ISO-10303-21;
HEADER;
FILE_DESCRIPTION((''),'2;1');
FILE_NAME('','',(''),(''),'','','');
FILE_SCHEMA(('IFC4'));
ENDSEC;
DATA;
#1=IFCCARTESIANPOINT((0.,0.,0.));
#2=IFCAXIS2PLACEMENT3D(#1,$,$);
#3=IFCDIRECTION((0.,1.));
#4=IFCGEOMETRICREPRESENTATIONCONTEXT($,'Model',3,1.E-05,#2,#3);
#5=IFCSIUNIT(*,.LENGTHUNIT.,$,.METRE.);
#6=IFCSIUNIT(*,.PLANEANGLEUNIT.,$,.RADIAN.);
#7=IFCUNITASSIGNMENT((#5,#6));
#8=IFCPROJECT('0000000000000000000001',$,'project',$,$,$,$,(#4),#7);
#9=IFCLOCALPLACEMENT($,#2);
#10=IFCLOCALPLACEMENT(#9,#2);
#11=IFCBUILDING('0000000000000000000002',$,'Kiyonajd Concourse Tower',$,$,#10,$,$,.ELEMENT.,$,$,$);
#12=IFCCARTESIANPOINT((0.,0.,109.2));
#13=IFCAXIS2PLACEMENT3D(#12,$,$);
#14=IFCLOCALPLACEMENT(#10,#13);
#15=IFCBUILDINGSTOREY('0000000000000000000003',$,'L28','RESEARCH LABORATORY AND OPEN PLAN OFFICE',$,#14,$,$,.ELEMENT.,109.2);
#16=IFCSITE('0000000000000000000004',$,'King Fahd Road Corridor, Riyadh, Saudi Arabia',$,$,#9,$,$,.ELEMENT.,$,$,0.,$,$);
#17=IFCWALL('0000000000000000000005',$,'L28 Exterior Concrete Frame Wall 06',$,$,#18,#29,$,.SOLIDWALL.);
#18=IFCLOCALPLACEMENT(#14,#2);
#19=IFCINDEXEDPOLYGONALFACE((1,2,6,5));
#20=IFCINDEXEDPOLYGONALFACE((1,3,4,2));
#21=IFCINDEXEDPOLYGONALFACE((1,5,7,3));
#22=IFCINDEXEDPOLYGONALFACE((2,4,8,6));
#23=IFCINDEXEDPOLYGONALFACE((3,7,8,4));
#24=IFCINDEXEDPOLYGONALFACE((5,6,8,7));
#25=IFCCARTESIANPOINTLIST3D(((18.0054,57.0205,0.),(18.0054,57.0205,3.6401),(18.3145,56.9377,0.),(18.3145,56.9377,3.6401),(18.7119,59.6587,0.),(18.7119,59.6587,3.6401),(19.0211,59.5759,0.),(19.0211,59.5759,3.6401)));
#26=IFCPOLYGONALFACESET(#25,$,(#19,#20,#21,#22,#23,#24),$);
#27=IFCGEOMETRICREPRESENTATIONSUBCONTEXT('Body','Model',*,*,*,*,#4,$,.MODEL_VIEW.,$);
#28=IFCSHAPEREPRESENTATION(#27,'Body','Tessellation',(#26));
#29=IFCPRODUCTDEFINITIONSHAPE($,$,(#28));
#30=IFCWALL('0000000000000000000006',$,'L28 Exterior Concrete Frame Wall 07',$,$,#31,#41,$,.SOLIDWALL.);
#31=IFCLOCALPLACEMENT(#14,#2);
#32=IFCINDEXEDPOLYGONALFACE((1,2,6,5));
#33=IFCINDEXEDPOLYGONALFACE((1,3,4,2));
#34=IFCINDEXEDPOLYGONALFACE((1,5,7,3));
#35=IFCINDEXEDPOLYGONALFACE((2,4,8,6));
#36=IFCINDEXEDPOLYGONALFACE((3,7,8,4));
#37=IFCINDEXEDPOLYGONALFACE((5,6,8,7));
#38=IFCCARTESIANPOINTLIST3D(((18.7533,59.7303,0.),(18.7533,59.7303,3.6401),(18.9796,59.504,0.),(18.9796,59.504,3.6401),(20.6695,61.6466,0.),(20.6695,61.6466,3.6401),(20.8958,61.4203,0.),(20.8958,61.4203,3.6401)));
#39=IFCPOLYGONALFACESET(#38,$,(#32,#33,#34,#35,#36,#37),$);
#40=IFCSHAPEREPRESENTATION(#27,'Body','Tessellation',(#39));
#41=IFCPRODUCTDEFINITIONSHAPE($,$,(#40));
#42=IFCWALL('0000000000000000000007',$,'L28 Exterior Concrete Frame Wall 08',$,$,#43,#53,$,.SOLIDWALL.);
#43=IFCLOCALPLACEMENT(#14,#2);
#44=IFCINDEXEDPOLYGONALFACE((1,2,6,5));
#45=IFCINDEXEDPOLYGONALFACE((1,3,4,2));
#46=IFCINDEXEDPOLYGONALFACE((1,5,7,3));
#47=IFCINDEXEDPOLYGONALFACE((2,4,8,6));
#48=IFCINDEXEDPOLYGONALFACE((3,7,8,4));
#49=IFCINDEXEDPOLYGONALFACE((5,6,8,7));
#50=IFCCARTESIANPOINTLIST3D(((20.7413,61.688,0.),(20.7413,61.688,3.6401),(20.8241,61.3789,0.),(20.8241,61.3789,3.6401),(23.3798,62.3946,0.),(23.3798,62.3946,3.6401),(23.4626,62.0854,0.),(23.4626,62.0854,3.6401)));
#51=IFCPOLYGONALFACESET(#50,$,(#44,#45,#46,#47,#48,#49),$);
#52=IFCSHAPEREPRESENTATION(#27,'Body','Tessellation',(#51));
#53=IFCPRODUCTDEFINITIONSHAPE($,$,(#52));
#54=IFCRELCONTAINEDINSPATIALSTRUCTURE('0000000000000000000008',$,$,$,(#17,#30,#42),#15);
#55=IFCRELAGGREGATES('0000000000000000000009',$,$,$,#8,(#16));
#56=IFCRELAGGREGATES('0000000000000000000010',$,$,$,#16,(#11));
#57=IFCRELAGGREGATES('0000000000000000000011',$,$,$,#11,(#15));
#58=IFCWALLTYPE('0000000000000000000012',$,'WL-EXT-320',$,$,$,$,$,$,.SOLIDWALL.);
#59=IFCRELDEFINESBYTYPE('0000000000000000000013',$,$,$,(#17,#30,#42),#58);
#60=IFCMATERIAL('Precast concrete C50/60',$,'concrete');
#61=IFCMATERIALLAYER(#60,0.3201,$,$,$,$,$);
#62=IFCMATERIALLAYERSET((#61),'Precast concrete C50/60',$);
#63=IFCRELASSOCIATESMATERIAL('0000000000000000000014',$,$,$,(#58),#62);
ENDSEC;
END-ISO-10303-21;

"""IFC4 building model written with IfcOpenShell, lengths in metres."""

from ifc_helpers import new_model, si_unit, direction, frame, frame_2d, origin, place, context, subcontext, project, spatial, rectangle, extrude, material, layer, layer_set, type_object, element, save


model = new_model("IFC4")

# Units and contexts
model_context = context("Model", 3, precision=1e-05, world=origin(), true_north=direction((0.0, 1.0)))
body_context = subcontext(model_context, "Body", "Model", "MODEL_VIEW")
ifc_project = project(units=[si_unit("LENGTHUNIT", "METRE"), si_unit("PLANEANGLEUNIT", "RADIAN")], contexts=[model_context])

# Site, building, storey
site_placement = place(None, origin())
site = spatial("IfcSite", under=ifc_project, at=site_placement, Name="King Fahd Road Corridor, Riyadh, Saudi Arabia", CompositionType="ELEMENT", RefElevation=0.0)
building_placement = place(site_placement, origin())
building = spatial("IfcBuilding", under=site, at=building_placement, Name="Kiyonajd Concourse Tower", CompositionType="ELEMENT")
storey_placement = place(building_placement, frame((0.0, 0.0, 109.2)))
storey = spatial("IfcBuildingStorey", under=building, at=storey_placement, Name="L28", Description="RESEARCH LABORATORY AND OPEN PLAN OFFICE", CompositionType="ELEMENT", Elevation=109.2)

# Shared definitions
ifc_material_1 = material(Name="Precast concrete C50/60", Category="concrete")

# Walls
ifc_layer_1 = layer(ifc_material_1, 0.3201)
ifc_layer_set_1 = layer_set([ifc_layer_1], Name="Precast concrete C50/60")
wall_type = type_object("IfcWallType", Name="WL-EXT-320", PredefinedType="SOLIDWALL", material=ifc_layer_set_1)
wall_1_placement = place(storey_placement, frame((18.1599, 56.979, 0.0), z_axis=(0.0, 0.0, 1.0), x_axis=(0.258697, 0.965958, 0.0)))
element("IfcWall", 1, at=wall_1_placement, inside=storey, type_object=wall_type, Name="L28 Exterior Concrete Frame Wall 06", PredefinedType="SOLIDWALL", context=body_context, shape_type="SweptSolid", body=[
    extrude(rectangle(XDim=2.7312, YDim=0.3201, at=frame_2d((1.3657, 0.0))), origin(), (0.0, 0.0, 1.0), 3.6401),
])
wall_2_placement = place(storey_placement, frame((18.8665, 59.6172, 0.0), z_axis=(0.0, 0.0, 1.0), x_axis=(0.707107, 0.707107, 0.0)))
element("IfcWall", 2, at=wall_2_placement, inside=storey, type_object=wall_type, Name="L28 Exterior Concrete Frame Wall 07", PredefinedType="SOLIDWALL", context=body_context, shape_type="SweptSolid", body=[
    extrude(rectangle(XDim=2.71, YDim=0.3201, at=frame_2d((1.355, 0.0))), origin(), (0.0, 0.0, 1.0), 3.6401),
])
wall_3_placement = place(storey_placement, frame((20.7827, 61.5334, 0.0), z_axis=(0.0, 0.0, 1.0), x_axis=(0.965964, 0.258675, 0.0)))
element("IfcWall", 3, at=wall_3_placement, inside=storey, type_object=wall_type, Name="L28 Exterior Concrete Frame Wall 08", PredefinedType="SOLIDWALL", context=body_context, shape_type="SweptSolid", body=[
    extrude(rectangle(XDim=2.7314, YDim=0.3201, at=frame_2d((1.3657, 0.0))), origin(), (0.0, 0.0, 1.0), 3.6401),
])

save(model, "model.ifc")
